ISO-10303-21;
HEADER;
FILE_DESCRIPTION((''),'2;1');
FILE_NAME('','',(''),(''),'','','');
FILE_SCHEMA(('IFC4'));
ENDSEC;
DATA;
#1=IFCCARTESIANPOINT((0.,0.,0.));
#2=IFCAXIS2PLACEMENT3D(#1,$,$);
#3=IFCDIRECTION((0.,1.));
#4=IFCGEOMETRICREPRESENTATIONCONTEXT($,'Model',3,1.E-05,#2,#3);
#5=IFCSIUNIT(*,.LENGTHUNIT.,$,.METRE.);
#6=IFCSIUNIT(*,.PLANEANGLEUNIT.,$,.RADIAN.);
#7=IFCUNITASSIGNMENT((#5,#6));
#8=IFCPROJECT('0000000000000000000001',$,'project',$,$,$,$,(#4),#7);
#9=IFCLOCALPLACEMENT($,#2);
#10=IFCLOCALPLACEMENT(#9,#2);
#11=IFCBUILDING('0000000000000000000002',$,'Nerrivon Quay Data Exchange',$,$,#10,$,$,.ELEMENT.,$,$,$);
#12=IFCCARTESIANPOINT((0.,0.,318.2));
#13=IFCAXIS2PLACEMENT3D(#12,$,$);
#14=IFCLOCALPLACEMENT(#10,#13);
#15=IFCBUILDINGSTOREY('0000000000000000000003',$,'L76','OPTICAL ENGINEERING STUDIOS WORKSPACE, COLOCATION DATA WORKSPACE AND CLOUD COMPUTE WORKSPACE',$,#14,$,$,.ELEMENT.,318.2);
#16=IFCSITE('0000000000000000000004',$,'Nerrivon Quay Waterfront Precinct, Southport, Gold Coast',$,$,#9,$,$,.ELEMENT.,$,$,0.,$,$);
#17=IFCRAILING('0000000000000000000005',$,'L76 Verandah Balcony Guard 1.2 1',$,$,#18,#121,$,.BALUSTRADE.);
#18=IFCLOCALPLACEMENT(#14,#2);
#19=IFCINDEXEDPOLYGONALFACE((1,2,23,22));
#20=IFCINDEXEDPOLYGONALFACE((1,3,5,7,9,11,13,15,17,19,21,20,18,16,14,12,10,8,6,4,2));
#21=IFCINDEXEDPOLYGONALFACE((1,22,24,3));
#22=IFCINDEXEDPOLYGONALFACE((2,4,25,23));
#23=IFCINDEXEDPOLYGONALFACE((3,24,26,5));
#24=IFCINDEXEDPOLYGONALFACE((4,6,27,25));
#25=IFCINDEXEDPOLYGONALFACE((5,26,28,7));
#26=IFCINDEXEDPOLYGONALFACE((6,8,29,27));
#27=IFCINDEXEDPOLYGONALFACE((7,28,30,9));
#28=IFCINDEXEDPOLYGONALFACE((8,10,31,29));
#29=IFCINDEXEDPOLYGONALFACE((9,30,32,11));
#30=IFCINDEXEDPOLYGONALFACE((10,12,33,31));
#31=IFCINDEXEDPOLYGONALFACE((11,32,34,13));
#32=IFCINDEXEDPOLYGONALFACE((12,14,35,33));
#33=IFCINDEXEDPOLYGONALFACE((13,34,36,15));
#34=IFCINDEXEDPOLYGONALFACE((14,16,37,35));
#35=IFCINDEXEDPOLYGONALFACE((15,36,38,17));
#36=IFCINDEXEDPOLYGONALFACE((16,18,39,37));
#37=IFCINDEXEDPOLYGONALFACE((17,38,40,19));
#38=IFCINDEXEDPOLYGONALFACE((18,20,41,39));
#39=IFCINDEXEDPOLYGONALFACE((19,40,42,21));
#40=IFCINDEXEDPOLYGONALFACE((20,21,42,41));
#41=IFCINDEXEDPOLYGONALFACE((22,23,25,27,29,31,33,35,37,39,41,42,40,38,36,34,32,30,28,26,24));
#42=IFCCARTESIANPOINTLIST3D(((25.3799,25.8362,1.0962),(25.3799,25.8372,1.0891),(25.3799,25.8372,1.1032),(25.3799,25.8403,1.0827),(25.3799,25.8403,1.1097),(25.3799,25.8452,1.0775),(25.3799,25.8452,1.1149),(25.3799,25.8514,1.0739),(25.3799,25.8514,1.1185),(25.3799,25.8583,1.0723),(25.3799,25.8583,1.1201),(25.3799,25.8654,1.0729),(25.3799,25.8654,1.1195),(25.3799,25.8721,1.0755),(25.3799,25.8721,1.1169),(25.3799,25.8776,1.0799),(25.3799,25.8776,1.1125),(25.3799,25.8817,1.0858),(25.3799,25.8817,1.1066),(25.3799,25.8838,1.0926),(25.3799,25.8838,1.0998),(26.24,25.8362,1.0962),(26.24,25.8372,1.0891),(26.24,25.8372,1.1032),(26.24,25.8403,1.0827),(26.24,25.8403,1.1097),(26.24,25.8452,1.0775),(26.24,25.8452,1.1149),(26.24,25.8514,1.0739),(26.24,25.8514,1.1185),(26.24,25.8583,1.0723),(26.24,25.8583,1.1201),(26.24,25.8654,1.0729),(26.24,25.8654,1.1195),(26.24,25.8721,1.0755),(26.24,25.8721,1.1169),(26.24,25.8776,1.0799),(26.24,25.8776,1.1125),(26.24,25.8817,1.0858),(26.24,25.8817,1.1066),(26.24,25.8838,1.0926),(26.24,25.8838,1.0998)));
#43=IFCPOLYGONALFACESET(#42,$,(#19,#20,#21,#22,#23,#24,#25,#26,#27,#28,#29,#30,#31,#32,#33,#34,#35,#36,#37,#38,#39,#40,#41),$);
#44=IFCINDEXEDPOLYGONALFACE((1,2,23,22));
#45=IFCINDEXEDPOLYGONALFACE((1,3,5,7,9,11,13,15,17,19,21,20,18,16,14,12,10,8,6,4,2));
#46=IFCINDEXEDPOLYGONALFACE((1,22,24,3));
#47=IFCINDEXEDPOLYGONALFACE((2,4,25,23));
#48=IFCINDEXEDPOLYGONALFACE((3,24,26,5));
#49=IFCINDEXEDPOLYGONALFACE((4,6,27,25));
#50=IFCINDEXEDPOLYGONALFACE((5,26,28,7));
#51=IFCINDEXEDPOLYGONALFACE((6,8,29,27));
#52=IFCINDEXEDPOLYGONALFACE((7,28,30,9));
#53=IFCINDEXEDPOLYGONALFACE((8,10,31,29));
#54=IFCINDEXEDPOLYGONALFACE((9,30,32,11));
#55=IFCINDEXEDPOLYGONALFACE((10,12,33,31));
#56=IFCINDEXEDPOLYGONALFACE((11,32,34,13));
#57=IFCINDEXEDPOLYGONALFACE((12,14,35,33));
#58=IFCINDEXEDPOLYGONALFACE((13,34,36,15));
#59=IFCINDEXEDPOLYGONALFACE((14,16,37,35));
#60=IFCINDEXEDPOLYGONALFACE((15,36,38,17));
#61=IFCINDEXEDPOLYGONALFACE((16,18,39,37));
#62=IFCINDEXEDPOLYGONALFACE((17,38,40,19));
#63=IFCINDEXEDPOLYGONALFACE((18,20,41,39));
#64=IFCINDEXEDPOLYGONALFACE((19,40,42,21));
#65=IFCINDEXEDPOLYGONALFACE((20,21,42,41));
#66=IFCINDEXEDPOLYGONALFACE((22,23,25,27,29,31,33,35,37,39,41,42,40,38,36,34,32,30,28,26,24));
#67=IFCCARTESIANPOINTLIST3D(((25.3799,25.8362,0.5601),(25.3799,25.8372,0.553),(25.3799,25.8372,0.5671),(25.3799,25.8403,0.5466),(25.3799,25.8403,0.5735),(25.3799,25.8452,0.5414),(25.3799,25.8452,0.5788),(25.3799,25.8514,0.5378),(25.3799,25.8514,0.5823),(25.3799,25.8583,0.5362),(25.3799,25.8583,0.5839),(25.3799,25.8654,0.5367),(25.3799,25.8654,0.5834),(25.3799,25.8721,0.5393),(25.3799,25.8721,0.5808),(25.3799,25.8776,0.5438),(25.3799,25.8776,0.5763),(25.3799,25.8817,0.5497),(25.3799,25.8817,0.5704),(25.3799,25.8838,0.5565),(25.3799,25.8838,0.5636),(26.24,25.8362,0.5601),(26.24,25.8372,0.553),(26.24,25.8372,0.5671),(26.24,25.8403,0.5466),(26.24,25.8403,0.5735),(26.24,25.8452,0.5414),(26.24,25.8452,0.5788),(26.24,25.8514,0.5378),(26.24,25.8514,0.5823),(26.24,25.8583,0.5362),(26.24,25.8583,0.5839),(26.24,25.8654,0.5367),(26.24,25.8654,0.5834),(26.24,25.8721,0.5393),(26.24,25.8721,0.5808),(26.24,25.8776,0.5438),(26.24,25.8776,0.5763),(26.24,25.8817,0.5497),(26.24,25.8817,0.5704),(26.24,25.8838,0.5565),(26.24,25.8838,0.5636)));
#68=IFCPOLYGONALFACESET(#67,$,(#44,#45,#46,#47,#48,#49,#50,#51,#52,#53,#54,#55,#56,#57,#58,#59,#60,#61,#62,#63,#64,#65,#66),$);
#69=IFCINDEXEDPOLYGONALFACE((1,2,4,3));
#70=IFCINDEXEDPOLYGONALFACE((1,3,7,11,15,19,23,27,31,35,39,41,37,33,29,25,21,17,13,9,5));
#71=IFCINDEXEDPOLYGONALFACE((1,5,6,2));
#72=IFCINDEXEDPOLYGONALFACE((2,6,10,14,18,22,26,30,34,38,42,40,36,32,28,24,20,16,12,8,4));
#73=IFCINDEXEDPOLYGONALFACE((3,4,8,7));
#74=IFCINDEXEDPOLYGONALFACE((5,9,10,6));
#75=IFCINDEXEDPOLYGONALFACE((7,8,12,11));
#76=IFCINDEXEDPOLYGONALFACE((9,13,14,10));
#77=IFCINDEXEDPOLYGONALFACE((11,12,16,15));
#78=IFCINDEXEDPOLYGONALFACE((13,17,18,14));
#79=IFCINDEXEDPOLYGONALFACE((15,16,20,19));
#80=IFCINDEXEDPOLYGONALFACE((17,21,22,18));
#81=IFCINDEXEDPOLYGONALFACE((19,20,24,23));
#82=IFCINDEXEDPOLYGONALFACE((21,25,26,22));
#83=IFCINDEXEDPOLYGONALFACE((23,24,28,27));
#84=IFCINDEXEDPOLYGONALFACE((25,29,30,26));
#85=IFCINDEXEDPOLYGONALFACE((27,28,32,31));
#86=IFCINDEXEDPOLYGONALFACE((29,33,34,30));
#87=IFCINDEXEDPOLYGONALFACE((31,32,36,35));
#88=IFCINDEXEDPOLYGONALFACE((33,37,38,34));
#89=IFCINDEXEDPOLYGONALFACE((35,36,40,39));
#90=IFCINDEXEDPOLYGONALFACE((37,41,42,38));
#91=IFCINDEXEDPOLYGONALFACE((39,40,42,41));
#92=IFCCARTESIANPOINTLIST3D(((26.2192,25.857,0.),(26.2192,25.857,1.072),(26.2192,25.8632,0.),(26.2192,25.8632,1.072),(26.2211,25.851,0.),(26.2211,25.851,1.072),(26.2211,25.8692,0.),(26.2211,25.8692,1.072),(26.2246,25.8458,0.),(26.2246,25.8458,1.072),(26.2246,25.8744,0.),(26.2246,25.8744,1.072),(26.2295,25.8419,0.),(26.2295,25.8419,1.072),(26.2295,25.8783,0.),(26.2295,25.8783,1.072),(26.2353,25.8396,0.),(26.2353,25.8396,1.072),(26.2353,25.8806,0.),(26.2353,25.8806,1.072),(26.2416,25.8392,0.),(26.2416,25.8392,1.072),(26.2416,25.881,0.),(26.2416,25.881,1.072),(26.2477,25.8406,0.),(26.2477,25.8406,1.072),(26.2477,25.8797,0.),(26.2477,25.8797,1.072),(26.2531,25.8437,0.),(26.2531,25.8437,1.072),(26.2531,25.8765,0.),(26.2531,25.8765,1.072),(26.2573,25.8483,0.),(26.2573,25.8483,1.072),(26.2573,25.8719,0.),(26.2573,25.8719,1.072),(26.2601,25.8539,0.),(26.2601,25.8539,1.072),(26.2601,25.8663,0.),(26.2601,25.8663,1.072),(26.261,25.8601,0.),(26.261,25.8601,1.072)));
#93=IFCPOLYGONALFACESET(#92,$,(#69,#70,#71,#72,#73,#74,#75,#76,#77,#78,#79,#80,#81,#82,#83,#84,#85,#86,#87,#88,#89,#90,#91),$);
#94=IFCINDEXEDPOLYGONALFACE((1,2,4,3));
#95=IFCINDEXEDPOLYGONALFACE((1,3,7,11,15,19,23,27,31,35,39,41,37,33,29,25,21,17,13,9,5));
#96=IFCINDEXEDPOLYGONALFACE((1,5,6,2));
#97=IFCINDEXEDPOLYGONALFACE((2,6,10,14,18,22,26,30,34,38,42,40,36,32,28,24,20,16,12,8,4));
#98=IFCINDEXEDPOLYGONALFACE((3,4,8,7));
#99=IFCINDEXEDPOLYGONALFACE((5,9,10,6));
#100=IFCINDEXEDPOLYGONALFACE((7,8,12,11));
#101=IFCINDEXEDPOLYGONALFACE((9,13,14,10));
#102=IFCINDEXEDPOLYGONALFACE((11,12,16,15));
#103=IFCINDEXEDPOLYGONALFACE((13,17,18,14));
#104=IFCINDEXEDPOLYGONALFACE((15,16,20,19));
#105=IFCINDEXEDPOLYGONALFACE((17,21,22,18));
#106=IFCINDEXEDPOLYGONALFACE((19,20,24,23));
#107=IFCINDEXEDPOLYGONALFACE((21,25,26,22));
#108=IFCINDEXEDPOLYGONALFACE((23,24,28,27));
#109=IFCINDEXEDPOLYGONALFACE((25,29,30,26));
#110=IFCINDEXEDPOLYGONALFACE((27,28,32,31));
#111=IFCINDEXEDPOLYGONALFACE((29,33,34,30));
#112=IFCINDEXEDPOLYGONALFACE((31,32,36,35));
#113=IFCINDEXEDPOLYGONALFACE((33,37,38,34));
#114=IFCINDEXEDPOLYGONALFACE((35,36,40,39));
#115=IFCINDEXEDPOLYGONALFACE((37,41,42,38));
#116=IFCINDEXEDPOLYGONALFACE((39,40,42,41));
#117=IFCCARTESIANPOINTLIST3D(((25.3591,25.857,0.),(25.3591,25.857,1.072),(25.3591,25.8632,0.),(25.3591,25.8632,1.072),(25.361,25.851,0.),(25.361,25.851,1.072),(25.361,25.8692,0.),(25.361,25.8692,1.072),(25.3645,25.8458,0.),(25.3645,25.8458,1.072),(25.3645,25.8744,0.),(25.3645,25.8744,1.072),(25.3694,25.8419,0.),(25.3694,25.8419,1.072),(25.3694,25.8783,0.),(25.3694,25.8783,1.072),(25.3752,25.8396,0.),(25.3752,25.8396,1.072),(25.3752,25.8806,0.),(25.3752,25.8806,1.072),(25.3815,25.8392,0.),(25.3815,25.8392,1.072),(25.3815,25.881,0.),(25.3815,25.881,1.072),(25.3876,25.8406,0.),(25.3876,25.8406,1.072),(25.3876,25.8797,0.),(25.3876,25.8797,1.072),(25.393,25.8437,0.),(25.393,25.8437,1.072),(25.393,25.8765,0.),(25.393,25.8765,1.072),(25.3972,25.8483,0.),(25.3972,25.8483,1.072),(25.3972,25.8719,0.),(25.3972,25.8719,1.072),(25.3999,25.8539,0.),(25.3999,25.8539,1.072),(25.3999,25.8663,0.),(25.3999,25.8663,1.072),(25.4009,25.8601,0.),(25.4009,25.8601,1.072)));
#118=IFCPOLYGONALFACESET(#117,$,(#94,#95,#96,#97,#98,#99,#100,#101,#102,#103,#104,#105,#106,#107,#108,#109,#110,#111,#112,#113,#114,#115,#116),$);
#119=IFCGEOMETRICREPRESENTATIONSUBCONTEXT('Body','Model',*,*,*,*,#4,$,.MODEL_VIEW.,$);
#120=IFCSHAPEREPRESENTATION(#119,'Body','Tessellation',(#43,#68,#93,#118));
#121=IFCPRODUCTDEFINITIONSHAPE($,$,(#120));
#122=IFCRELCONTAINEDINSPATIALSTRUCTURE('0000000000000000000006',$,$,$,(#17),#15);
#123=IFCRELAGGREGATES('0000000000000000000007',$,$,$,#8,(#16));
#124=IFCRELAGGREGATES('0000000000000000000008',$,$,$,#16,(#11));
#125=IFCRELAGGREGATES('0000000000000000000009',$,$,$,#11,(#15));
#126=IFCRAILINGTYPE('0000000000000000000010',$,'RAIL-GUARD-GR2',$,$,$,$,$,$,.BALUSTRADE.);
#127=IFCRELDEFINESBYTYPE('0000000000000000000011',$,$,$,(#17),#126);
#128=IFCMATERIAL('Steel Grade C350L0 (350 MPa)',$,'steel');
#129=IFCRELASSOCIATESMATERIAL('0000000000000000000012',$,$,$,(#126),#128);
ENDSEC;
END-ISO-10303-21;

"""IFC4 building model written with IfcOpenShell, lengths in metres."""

from ifc_helpers import new_model, si_unit, direction, frame, origin, origin_2d, place, context, subcontext, project, spatial, circle, extrude, material, type_object, element, save


model = new_model("IFC4")

# Units and contexts
model_context = context("Model", 3, precision=1e-05, world=origin(), true_north=direction((0.0, 1.0)))
body_context = subcontext(model_context, "Body", "Model", "MODEL_VIEW")
ifc_project = project(units=[si_unit("LENGTHUNIT", "METRE"), si_unit("PLANEANGLEUNIT", "RADIAN")], contexts=[model_context])

# Site, building, storey
site_placement = place(None, origin())
site = spatial("IfcSite", under=ifc_project, at=site_placement, Name="Nerrivon Quay Waterfront Precinct, Southport, Gold Coast", CompositionType="ELEMENT", RefElevation=0.0)
building_placement = place(site_placement, origin())
building = spatial("IfcBuilding", under=site, at=building_placement, Name="Nerrivon Quay Data Exchange", CompositionType="ELEMENT")
storey_placement = place(building_placement, frame((0.0, 0.0, 318.2)))
storey = spatial("IfcBuildingStorey", under=building, at=storey_placement, Name="L76", Description="OPTICAL ENGINEERING STUDIOS WORKSPACE, COLOCATION DATA WORKSPACE AND CLOUD COMPUTE WORKSPACE", CompositionType="ELEMENT", Elevation=318.2)

# Shared definitions
ifc_material_1 = material(Name="Steel Grade C350L0 (350 MPa)", Category="steel")

# Railing
railing_type = type_object("IfcRailingType", Name="RAIL-GUARD-GR2", PredefinedType="BALUSTRADE", material=ifc_material_1)
railing_placement = place(storey_placement, frame((26.24, 25.8601, 0.0)))
element("IfcRailing", 1, at=railing_placement, inside=storey, type_object=railing_type, Name="L76 Verandah Balcony Guard 1.2 1", PredefinedType="BALUSTRADE", context=body_context, shape_type="SweptSolid", body=[
    extrude(circle(Radius=0.0239, at=origin_2d()), frame((0.0, 0.0, 1.0962), z_axis=(-1.0, 0.0, 0.0), x_axis=(0.0, -1.0, 0.0)), (0.0, 0.0, 1.0), 0.8601),
    extrude(circle(Radius=0.0239, at=origin_2d()), frame((0.0, 0.0, 0.5601), z_axis=(-1.0, 0.0, 0.0), x_axis=(0.0, -1.0, 0.0)), (0.0, 0.0, 1.0), 0.8601),
    extrude(circle(Radius=0.021, at=origin_2d()), origin(), (0.0, 0.0, 1.0), 1.072),
    extrude(circle(Radius=0.021, at=origin_2d()), frame((-0.8601, 0.0, 0.0)), (0.0, 0.0, 1.0), 1.072),
])

save(model, "model.ifc")
